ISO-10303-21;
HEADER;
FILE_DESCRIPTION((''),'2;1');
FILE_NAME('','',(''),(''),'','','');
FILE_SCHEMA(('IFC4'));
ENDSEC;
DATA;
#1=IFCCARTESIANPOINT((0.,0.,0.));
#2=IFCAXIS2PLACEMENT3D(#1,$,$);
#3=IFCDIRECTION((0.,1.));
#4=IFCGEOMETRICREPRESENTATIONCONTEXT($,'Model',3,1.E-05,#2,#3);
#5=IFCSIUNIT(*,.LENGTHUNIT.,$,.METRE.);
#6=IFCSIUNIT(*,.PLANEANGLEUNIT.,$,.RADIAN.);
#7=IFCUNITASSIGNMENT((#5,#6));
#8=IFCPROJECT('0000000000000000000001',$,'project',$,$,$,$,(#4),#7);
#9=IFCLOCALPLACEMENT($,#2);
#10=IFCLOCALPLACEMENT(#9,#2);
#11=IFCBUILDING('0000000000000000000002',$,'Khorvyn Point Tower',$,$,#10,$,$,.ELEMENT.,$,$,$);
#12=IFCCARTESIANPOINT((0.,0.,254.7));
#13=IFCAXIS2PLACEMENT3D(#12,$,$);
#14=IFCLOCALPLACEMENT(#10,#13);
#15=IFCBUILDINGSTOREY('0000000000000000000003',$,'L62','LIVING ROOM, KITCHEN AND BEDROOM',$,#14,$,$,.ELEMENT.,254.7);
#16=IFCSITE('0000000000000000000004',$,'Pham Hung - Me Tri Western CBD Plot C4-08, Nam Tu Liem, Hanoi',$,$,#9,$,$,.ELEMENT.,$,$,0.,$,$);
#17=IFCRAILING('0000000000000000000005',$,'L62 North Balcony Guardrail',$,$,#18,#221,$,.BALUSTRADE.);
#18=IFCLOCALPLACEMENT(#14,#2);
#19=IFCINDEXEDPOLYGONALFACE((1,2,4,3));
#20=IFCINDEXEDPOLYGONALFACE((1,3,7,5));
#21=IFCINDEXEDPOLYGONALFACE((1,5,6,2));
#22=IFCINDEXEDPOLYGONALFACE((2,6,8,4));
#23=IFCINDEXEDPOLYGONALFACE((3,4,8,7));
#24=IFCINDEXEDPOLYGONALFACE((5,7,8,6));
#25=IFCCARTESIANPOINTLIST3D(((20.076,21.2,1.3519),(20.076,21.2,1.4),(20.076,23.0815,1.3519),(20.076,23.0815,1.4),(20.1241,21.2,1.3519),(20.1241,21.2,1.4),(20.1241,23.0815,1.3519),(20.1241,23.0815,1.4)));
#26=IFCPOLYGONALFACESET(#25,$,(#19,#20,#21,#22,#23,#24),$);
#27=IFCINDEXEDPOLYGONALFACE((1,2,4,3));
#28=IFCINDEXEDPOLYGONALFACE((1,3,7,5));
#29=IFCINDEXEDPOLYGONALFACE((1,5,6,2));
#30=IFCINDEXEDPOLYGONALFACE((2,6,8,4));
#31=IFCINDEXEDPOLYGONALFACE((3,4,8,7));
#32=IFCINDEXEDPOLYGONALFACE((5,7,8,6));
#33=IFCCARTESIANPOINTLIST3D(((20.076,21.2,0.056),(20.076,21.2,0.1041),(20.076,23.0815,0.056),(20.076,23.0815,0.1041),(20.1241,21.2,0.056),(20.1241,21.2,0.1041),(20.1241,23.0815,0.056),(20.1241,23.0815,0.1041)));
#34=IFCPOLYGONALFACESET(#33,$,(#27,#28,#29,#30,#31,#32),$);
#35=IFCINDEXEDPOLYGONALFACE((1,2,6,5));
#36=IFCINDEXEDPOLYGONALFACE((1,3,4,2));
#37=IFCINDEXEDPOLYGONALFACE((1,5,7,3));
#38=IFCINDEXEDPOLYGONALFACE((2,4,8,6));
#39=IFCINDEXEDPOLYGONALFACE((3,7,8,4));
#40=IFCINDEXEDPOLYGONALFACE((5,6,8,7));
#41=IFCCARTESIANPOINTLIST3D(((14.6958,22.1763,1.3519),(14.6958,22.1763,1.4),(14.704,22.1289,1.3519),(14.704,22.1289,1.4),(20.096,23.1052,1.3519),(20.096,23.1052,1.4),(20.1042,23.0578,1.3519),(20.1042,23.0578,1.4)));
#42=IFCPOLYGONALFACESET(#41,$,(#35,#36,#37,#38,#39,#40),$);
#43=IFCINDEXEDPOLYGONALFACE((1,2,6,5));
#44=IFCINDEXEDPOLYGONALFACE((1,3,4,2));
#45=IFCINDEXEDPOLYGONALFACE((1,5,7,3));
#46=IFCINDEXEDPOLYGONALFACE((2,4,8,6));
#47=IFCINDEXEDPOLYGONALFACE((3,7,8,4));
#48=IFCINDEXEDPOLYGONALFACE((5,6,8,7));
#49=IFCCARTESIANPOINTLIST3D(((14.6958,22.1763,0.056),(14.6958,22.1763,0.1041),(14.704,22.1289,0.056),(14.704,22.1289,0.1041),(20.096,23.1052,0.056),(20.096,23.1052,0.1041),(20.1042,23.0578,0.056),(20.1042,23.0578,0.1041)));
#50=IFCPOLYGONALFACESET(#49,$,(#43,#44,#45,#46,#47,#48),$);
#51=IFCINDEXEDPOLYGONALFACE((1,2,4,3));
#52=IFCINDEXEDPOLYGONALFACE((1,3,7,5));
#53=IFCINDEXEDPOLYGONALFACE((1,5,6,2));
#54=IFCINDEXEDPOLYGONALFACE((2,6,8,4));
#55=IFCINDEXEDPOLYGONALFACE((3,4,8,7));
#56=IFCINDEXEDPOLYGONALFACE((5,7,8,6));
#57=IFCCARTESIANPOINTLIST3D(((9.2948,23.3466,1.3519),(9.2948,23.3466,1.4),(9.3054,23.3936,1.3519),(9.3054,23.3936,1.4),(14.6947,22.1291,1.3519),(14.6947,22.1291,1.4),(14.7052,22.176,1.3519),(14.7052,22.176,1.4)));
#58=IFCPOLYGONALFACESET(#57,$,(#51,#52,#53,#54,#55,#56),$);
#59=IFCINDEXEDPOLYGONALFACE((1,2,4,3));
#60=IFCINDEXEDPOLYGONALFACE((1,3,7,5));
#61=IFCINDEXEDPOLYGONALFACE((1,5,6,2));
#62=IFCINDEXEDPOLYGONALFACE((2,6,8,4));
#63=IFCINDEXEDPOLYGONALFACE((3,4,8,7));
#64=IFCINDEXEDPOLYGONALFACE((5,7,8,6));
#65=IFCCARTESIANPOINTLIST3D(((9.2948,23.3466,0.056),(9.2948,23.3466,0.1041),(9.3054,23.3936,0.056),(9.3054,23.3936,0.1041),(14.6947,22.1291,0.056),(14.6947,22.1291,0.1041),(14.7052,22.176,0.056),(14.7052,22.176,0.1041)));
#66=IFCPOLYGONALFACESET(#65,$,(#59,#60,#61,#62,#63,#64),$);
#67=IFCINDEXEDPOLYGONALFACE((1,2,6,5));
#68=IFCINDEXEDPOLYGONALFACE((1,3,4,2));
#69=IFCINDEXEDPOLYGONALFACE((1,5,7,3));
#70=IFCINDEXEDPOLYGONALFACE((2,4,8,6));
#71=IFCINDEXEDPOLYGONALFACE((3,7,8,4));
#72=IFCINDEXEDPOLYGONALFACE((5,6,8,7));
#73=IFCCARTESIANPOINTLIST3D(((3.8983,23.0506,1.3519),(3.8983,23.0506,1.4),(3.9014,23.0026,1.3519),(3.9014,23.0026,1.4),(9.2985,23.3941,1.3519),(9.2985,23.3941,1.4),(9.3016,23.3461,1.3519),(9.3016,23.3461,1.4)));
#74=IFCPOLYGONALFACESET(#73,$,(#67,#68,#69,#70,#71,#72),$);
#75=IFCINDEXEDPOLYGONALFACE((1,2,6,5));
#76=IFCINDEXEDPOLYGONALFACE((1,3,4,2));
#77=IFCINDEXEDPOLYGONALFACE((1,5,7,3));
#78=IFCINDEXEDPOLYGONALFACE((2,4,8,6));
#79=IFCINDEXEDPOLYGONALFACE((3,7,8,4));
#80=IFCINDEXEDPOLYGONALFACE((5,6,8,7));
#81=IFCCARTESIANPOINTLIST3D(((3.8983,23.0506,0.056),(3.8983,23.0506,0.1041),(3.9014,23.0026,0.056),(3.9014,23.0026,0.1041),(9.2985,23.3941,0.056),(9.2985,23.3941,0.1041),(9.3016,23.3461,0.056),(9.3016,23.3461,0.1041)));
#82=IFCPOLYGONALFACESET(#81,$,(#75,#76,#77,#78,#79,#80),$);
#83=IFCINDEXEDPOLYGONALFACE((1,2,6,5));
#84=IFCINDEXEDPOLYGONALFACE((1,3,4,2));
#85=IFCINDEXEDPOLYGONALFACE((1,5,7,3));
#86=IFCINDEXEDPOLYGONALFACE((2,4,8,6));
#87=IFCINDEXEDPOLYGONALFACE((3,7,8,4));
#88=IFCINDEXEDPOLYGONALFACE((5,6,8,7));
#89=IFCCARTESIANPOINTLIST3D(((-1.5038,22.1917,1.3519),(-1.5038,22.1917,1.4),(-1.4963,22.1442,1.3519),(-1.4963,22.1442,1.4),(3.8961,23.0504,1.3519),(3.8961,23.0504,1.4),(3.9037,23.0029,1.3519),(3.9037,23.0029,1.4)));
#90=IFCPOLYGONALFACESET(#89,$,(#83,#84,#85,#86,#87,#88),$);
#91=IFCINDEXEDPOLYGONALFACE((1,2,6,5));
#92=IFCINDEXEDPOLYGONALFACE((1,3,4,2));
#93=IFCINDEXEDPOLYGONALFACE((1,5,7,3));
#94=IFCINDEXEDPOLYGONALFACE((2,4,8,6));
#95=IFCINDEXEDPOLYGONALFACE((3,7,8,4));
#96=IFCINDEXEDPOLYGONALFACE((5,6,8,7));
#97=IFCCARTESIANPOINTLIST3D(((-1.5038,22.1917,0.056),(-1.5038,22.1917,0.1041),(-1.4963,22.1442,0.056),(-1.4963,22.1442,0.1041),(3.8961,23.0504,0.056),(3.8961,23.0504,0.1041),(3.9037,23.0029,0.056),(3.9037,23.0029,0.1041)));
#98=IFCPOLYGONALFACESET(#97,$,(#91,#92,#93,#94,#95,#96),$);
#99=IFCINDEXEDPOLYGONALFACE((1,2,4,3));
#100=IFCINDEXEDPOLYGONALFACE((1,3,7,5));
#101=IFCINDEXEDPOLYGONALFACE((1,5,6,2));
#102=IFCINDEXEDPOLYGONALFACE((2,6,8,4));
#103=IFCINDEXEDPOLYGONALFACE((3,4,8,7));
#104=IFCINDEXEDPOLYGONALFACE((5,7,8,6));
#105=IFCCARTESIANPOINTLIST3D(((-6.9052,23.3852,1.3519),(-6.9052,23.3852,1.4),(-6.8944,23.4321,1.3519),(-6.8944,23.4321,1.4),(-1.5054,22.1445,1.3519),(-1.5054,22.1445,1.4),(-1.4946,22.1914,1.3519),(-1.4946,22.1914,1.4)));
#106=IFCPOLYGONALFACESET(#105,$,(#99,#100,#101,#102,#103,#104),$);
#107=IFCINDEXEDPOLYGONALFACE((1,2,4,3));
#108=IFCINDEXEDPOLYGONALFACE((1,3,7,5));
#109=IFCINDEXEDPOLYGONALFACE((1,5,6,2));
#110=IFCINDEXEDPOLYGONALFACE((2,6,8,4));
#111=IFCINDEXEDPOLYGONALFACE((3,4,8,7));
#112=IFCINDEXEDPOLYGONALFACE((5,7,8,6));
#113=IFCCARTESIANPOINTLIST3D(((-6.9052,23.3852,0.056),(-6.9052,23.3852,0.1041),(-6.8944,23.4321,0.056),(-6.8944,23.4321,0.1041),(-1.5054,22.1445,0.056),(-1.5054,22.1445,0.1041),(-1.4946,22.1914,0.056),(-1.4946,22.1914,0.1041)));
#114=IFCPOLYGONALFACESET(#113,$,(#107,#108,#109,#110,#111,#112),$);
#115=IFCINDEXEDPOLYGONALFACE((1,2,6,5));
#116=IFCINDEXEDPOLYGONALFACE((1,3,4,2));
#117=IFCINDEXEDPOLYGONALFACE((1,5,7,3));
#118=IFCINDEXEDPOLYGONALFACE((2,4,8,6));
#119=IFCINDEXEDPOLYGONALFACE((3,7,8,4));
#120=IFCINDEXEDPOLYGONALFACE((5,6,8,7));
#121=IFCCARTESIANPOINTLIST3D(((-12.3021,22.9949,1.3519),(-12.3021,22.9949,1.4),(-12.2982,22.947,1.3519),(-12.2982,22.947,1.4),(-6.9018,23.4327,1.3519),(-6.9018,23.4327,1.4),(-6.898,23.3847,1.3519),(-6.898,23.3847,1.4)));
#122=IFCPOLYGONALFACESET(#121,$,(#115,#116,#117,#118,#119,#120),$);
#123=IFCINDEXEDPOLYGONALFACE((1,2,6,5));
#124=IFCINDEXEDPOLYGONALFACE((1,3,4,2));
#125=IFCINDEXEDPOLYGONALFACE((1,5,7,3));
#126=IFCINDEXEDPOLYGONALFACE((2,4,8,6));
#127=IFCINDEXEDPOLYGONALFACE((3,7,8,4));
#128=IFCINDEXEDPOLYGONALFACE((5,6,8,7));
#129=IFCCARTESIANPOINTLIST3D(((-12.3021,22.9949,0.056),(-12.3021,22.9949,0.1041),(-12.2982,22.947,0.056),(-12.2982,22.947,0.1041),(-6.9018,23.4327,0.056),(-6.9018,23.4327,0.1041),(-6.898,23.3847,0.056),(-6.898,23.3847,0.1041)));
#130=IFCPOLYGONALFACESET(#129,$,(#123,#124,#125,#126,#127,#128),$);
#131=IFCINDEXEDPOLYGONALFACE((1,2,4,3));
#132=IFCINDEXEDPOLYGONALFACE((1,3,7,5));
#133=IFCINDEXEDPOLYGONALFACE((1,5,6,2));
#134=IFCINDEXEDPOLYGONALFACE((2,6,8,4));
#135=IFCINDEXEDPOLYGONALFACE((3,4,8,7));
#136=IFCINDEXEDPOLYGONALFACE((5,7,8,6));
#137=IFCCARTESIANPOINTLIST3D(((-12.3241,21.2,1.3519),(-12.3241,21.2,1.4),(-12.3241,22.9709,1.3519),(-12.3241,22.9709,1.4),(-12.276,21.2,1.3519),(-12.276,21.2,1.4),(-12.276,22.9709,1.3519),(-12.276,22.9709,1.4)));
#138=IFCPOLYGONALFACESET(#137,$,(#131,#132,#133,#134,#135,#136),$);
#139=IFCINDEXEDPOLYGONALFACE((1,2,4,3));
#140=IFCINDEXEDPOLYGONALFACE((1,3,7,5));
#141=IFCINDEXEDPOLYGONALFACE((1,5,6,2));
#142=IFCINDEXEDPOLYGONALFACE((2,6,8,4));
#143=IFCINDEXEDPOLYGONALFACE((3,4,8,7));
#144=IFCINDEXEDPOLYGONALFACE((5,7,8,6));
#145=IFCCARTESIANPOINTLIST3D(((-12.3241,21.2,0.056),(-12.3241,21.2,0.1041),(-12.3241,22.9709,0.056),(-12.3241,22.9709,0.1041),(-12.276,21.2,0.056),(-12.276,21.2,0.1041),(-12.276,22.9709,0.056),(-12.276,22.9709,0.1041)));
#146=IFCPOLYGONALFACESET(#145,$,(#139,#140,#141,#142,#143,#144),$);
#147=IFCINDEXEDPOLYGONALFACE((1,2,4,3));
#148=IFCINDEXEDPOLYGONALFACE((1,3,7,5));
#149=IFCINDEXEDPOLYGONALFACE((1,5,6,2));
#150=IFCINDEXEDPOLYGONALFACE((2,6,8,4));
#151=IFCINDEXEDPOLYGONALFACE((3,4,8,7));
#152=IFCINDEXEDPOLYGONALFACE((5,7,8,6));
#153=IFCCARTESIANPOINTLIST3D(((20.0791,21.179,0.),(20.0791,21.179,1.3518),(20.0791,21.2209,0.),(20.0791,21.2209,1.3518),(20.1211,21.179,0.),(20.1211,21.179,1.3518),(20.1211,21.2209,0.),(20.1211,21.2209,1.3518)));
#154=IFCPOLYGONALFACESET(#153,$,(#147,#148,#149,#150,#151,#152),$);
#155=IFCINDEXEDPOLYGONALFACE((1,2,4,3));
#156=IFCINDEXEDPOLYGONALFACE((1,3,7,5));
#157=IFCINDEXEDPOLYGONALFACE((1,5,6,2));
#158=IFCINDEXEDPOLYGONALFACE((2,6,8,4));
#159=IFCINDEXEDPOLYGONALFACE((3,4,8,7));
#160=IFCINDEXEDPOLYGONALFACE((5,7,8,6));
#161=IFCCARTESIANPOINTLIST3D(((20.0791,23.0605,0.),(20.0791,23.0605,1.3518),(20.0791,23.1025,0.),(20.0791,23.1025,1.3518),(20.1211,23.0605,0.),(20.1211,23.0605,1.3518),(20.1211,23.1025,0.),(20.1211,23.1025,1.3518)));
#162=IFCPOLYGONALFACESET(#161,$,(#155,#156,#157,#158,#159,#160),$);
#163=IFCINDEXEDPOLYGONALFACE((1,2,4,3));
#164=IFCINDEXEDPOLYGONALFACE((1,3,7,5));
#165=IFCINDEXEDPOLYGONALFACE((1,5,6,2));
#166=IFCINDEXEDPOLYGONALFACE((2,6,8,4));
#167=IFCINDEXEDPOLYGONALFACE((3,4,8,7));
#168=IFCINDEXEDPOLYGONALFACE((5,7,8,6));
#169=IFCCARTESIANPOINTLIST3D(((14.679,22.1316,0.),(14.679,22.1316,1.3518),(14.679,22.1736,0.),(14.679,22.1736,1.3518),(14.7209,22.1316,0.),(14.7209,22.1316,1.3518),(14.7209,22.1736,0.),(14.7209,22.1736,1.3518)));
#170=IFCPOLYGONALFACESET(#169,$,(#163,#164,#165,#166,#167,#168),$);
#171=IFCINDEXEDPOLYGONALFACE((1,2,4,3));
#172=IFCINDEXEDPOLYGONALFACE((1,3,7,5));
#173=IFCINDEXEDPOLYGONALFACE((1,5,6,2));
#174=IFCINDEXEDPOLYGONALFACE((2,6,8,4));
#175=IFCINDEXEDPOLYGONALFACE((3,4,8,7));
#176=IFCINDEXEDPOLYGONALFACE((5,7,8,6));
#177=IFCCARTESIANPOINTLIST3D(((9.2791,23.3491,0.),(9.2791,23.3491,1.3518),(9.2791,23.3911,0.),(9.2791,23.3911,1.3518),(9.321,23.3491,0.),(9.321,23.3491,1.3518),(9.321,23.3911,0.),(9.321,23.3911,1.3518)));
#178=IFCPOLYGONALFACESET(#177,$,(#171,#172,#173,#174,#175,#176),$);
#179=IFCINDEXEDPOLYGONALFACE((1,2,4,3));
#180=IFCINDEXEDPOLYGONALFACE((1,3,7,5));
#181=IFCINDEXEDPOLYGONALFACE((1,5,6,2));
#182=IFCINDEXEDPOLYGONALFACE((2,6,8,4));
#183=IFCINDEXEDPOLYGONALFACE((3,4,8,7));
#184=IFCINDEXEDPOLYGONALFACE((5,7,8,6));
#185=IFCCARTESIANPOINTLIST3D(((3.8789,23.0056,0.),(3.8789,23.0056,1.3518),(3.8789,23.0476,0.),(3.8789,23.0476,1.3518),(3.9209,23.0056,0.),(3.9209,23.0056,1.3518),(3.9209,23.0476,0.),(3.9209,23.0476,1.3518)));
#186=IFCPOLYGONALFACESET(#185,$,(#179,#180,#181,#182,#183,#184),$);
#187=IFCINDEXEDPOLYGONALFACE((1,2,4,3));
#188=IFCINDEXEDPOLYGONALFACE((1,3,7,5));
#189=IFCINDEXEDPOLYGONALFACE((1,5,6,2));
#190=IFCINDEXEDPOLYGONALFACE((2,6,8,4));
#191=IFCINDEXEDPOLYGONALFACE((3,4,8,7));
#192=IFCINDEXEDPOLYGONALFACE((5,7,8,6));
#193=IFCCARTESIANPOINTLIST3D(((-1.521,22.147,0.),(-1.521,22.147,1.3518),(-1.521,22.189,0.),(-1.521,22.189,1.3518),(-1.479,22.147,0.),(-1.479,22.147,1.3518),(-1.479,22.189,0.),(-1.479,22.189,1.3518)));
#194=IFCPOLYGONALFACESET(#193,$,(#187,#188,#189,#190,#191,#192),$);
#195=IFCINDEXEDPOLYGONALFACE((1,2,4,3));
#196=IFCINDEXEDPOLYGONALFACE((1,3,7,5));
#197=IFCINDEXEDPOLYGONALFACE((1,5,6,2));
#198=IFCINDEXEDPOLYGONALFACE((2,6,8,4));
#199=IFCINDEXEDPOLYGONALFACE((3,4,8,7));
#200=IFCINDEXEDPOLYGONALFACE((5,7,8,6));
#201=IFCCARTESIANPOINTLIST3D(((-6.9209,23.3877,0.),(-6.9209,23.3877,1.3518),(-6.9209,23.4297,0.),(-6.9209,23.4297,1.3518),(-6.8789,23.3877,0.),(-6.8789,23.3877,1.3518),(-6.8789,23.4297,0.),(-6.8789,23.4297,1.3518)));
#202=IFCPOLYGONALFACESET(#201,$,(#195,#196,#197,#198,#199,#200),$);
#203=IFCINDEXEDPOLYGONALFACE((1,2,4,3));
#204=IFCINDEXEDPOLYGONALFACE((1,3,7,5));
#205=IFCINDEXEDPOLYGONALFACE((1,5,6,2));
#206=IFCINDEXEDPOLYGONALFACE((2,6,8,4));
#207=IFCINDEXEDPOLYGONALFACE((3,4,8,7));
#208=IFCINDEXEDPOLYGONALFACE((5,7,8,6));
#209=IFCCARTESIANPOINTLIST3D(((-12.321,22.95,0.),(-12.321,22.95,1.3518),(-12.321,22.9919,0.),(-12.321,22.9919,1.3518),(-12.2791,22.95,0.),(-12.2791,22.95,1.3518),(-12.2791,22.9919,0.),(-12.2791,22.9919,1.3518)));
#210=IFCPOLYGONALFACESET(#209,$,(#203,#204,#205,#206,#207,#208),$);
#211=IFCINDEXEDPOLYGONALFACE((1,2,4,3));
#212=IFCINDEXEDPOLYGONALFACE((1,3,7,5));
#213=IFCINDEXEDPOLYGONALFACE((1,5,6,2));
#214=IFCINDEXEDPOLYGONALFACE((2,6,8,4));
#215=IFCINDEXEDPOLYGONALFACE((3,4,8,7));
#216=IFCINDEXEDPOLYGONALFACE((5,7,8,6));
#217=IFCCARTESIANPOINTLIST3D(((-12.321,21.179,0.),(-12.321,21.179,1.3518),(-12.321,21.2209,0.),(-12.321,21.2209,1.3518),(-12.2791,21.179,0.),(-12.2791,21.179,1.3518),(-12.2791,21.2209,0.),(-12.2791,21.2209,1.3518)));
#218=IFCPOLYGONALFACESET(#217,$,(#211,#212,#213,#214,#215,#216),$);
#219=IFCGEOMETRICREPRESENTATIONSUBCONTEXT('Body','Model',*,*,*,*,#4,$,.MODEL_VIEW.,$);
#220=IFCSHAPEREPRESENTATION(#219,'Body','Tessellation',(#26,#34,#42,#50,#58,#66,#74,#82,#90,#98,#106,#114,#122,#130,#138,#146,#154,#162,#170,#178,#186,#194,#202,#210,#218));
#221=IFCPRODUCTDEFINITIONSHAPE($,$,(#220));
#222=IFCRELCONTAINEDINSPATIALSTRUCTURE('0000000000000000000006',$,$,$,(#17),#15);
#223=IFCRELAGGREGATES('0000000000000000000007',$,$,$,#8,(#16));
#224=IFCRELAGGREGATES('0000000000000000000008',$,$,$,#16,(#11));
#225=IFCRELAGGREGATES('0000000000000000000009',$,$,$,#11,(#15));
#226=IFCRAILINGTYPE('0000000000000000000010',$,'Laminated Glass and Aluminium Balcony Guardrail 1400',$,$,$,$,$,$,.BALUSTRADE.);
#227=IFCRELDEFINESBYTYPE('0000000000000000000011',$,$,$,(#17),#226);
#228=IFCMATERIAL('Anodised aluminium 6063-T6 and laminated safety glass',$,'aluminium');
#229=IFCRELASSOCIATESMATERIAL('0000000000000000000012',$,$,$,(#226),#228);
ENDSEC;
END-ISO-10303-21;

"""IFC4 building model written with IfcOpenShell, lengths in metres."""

from ifc_helpers import new_model, si_unit, direction, frame, origin, origin_2d, place, context, subcontext, project, spatial, rectangle, extrude, material, type_object, element, save


model = new_model("IFC4")

# Units and contexts
model_context = context("Model", 3, precision=1e-05, world=origin(), true_north=direction((0.0, 1.0)))
body_context = subcontext(model_context, "Body", "Model", "MODEL_VIEW")
ifc_project = project(units=[si_unit("LENGTHUNIT", "METRE"), si_unit("PLANEANGLEUNIT", "RADIAN")], contexts=[model_context])

# Site, building, storey
site_placement = place(None, origin())
site = spatial("IfcSite", under=ifc_project, at=site_placement, Name="Pham Hung - Me Tri Western CBD Plot C4-08, Nam Tu Liem, Hanoi", CompositionType="ELEMENT", RefElevation=0.0)
building_placement = place(site_placement, origin())
building = spatial("IfcBuilding", under=site, at=building_placement, Name="Khorvyn Point Tower", CompositionType="ELEMENT")
storey_placement = place(building_placement, frame((0.0, 0.0, 254.7)))
storey = spatial("IfcBuildingStorey", under=building, at=storey_placement, Name="L62", Description="LIVING ROOM, KITCHEN AND BEDROOM", CompositionType="ELEMENT", Elevation=254.7)

# Railing
ifc_material_1 = material(Name="Anodised aluminium 6063-T6 and laminated safety glass", Category="aluminium")
railing_type = type_object("IfcRailingType", Name="Laminated Glass and Aluminium Balcony Guardrail 1400", PredefinedType="BALUSTRADE", material=ifc_material_1)
railing_1_placement = place(storey_placement, frame((20.1001, 21.2, 0.0)))
element("IfcRailing", 1, at=railing_1_placement, inside=storey, type_object=railing_type, Name="L62 North Balcony Guardrail", PredefinedType="BALUSTRADE", context=body_context, shape_type="SweptSolid", body=[
    extrude(rectangle(XDim=0.0481, YDim=0.0481, at=origin_2d()), frame((0.0, 0.0, 1.376), z_axis=(0.0, 1.0, 0.0), x_axis=(-1.0, 0.0, 0.0)), (0.0, 0.0, 1.0), 1.8816),
    extrude(rectangle(XDim=0.0481, YDim=0.0481, at=origin_2d()), frame((0.0, 0.0, 0.0801), z_axis=(0.0, 1.0, 0.0), x_axis=(-1.0, 0.0, 0.0)), (0.0, 0.0, 1.0), 1.8816),
    extrude(rectangle(XDim=0.0481, YDim=0.0481, at=origin_2d()), frame((0.0, 1.8816, 1.376), z_axis=(-0.985524, -0.169534, 0.0), x_axis=(0.169534, -0.985524, 0.0)), (0.0, 0.0, 1.0), 5.4795),
    extrude(rectangle(XDim=0.0481, YDim=0.0481, at=origin_2d()), frame((0.0, 1.8816, 0.0801), z_axis=(-0.985524, -0.169534, 0.0), x_axis=(0.169534, -0.985524, 0.0)), (0.0, 0.0, 1.0), 5.4795),
    extrude(rectangle(XDim=0.0481, YDim=0.0481, at=origin_2d()), frame((-5.4001, 0.9526, 1.376), z_axis=(-0.975511, 0.219951, 0.0), x_axis=(-0.219951, -0.975511, 0.0)), (0.0, 0.0, 1.0), 5.5354),
    extrude(rectangle(XDim=0.0481, YDim=0.0481, at=origin_2d()), frame((-5.4001, 0.9526, 0.0801), z_axis=(-0.975511, 0.219951, 0.0), x_axis=(-0.219951, -0.975511, 0.0)), (0.0, 0.0, 1.0), 5.5354),
    extrude(rectangle(XDim=0.0481, YDim=0.0481, at=origin_2d()), frame((-10.8, 2.1702, 1.376), z_axis=(-0.997983, -0.063482, 0.0), x_axis=(0.063482, -0.997983, 0.0)), (0.0, 0.0, 1.0), 5.4111),
    extrude(rectangle(XDim=0.0481, YDim=0.0481, at=origin_2d()), frame((-10.8, 2.1702, 0.0801), z_axis=(-0.997983, -0.063482, 0.0), x_axis=(0.063482, -0.997983, 0.0)), (0.0, 0.0, 1.0), 5.4111),
    extrude(rectangle(XDim=0.0481, YDim=0.0481, at=origin_2d()), frame((-16.2002, 1.8267, 1.376), z_axis=(-0.987593, -0.157038, 0.0), x_axis=(0.157038, -0.987593, 0.0)), (0.0, 0.0, 1.0), 5.4678),
    extrude(rectangle(XDim=0.0481, YDim=0.0481, at=origin_2d()), frame((-16.2002, 1.8267, 0.0801), z_axis=(-0.987593, -0.157038, 0.0), x_axis=(0.157038, -0.987593, 0.0)), (0.0, 0.0, 1.0), 5.4678),
    extrude(rectangle(XDim=0.0481, YDim=0.0481, at=origin_2d()), frame((-21.6001, 0.968, 1.376), z_axis=(-0.974605, 0.223933, 0.0), x_axis=(-0.223933, -0.974605, 0.0)), (0.0, 0.0, 1.0), 5.5405),
    extrude(rectangle(XDim=0.0481, YDim=0.0481, at=origin_2d()), frame((-21.6001, 0.968, 0.0801), z_axis=(-0.974605, 0.223933, 0.0), x_axis=(-0.223933, -0.974605, 0.0)), (0.0, 0.0, 1.0), 5.5405),
    extrude(rectangle(XDim=0.0481, YDim=0.0481, at=origin_2d()), frame((-27.0, 2.2087, 1.376), z_axis=(-0.996731, -0.080797, 0.0), x_axis=(0.080797, -0.996731, 0.0)), (0.0, 0.0, 1.0), 5.418),
    extrude(rectangle(XDim=0.0481, YDim=0.0481, at=origin_2d()), frame((-27.0, 2.2087, 0.0801), z_axis=(-0.996731, -0.080797, 0.0), x_axis=(0.080797, -0.996731, 0.0)), (0.0, 0.0, 1.0), 5.418),
    extrude(rectangle(XDim=0.0481, YDim=0.0481, at=origin_2d()), frame((-32.4001, 1.771, 1.376), z_axis=(0.0, -1.0, 0.0), x_axis=(1.0, 0.0, 0.0)), (0.0, 0.0, 1.0), 1.771),
    extrude(rectangle(XDim=0.0481, YDim=0.0481, at=origin_2d()), frame((-32.4001, 1.771, 0.0801), z_axis=(0.0, -1.0, 0.0), x_axis=(1.0, 0.0, 0.0)), (0.0, 0.0, 1.0), 1.771),
    extrude(rectangle(XDim=0.042, YDim=0.042, at=origin_2d()), origin(), (0.0, 0.0, 1.0), 1.3518),
    extrude(rectangle(XDim=0.042, YDim=0.042, at=origin_2d()), frame((0.0, 1.8816, 0.0)), (0.0, 0.0, 1.0), 1.3518),
    extrude(rectangle(XDim=0.042, YDim=0.042, at=origin_2d()), frame((-5.4001, 0.9526, 0.0)), (0.0, 0.0, 1.0), 1.3518),
    extrude(rectangle(XDim=0.042, YDim=0.042, at=origin_2d()), frame((-10.8, 2.1702, 0.0)), (0.0, 0.0, 1.0), 1.3518),
    extrude(rectangle(XDim=0.042, YDim=0.042, at=origin_2d()), frame((-16.2002, 1.8267, 0.0)), (0.0, 0.0, 1.0), 1.3518),
    extrude(rectangle(XDim=0.042, YDim=0.042, at=origin_2d()), frame((-21.6001, 0.968, 0.0)), (0.0, 0.0, 1.0), 1.3518),
    extrude(rectangle(XDim=0.042, YDim=0.042, at=origin_2d()), frame((-27.0, 2.2087, 0.0)), (0.0, 0.0, 1.0), 1.3518),
    extrude(rectangle(XDim=0.042, YDim=0.042, at=origin_2d()), frame((-32.4001, 1.771, 0.0)), (0.0, 0.0, 1.0), 1.3518),
    extrude(rectangle(XDim=0.042, YDim=0.042, at=origin_2d()), frame((-32.4001, 0.0, 0.0)), (0.0, 0.0, 1.0), 1.3518),
])

save(model, "model.ifc")
